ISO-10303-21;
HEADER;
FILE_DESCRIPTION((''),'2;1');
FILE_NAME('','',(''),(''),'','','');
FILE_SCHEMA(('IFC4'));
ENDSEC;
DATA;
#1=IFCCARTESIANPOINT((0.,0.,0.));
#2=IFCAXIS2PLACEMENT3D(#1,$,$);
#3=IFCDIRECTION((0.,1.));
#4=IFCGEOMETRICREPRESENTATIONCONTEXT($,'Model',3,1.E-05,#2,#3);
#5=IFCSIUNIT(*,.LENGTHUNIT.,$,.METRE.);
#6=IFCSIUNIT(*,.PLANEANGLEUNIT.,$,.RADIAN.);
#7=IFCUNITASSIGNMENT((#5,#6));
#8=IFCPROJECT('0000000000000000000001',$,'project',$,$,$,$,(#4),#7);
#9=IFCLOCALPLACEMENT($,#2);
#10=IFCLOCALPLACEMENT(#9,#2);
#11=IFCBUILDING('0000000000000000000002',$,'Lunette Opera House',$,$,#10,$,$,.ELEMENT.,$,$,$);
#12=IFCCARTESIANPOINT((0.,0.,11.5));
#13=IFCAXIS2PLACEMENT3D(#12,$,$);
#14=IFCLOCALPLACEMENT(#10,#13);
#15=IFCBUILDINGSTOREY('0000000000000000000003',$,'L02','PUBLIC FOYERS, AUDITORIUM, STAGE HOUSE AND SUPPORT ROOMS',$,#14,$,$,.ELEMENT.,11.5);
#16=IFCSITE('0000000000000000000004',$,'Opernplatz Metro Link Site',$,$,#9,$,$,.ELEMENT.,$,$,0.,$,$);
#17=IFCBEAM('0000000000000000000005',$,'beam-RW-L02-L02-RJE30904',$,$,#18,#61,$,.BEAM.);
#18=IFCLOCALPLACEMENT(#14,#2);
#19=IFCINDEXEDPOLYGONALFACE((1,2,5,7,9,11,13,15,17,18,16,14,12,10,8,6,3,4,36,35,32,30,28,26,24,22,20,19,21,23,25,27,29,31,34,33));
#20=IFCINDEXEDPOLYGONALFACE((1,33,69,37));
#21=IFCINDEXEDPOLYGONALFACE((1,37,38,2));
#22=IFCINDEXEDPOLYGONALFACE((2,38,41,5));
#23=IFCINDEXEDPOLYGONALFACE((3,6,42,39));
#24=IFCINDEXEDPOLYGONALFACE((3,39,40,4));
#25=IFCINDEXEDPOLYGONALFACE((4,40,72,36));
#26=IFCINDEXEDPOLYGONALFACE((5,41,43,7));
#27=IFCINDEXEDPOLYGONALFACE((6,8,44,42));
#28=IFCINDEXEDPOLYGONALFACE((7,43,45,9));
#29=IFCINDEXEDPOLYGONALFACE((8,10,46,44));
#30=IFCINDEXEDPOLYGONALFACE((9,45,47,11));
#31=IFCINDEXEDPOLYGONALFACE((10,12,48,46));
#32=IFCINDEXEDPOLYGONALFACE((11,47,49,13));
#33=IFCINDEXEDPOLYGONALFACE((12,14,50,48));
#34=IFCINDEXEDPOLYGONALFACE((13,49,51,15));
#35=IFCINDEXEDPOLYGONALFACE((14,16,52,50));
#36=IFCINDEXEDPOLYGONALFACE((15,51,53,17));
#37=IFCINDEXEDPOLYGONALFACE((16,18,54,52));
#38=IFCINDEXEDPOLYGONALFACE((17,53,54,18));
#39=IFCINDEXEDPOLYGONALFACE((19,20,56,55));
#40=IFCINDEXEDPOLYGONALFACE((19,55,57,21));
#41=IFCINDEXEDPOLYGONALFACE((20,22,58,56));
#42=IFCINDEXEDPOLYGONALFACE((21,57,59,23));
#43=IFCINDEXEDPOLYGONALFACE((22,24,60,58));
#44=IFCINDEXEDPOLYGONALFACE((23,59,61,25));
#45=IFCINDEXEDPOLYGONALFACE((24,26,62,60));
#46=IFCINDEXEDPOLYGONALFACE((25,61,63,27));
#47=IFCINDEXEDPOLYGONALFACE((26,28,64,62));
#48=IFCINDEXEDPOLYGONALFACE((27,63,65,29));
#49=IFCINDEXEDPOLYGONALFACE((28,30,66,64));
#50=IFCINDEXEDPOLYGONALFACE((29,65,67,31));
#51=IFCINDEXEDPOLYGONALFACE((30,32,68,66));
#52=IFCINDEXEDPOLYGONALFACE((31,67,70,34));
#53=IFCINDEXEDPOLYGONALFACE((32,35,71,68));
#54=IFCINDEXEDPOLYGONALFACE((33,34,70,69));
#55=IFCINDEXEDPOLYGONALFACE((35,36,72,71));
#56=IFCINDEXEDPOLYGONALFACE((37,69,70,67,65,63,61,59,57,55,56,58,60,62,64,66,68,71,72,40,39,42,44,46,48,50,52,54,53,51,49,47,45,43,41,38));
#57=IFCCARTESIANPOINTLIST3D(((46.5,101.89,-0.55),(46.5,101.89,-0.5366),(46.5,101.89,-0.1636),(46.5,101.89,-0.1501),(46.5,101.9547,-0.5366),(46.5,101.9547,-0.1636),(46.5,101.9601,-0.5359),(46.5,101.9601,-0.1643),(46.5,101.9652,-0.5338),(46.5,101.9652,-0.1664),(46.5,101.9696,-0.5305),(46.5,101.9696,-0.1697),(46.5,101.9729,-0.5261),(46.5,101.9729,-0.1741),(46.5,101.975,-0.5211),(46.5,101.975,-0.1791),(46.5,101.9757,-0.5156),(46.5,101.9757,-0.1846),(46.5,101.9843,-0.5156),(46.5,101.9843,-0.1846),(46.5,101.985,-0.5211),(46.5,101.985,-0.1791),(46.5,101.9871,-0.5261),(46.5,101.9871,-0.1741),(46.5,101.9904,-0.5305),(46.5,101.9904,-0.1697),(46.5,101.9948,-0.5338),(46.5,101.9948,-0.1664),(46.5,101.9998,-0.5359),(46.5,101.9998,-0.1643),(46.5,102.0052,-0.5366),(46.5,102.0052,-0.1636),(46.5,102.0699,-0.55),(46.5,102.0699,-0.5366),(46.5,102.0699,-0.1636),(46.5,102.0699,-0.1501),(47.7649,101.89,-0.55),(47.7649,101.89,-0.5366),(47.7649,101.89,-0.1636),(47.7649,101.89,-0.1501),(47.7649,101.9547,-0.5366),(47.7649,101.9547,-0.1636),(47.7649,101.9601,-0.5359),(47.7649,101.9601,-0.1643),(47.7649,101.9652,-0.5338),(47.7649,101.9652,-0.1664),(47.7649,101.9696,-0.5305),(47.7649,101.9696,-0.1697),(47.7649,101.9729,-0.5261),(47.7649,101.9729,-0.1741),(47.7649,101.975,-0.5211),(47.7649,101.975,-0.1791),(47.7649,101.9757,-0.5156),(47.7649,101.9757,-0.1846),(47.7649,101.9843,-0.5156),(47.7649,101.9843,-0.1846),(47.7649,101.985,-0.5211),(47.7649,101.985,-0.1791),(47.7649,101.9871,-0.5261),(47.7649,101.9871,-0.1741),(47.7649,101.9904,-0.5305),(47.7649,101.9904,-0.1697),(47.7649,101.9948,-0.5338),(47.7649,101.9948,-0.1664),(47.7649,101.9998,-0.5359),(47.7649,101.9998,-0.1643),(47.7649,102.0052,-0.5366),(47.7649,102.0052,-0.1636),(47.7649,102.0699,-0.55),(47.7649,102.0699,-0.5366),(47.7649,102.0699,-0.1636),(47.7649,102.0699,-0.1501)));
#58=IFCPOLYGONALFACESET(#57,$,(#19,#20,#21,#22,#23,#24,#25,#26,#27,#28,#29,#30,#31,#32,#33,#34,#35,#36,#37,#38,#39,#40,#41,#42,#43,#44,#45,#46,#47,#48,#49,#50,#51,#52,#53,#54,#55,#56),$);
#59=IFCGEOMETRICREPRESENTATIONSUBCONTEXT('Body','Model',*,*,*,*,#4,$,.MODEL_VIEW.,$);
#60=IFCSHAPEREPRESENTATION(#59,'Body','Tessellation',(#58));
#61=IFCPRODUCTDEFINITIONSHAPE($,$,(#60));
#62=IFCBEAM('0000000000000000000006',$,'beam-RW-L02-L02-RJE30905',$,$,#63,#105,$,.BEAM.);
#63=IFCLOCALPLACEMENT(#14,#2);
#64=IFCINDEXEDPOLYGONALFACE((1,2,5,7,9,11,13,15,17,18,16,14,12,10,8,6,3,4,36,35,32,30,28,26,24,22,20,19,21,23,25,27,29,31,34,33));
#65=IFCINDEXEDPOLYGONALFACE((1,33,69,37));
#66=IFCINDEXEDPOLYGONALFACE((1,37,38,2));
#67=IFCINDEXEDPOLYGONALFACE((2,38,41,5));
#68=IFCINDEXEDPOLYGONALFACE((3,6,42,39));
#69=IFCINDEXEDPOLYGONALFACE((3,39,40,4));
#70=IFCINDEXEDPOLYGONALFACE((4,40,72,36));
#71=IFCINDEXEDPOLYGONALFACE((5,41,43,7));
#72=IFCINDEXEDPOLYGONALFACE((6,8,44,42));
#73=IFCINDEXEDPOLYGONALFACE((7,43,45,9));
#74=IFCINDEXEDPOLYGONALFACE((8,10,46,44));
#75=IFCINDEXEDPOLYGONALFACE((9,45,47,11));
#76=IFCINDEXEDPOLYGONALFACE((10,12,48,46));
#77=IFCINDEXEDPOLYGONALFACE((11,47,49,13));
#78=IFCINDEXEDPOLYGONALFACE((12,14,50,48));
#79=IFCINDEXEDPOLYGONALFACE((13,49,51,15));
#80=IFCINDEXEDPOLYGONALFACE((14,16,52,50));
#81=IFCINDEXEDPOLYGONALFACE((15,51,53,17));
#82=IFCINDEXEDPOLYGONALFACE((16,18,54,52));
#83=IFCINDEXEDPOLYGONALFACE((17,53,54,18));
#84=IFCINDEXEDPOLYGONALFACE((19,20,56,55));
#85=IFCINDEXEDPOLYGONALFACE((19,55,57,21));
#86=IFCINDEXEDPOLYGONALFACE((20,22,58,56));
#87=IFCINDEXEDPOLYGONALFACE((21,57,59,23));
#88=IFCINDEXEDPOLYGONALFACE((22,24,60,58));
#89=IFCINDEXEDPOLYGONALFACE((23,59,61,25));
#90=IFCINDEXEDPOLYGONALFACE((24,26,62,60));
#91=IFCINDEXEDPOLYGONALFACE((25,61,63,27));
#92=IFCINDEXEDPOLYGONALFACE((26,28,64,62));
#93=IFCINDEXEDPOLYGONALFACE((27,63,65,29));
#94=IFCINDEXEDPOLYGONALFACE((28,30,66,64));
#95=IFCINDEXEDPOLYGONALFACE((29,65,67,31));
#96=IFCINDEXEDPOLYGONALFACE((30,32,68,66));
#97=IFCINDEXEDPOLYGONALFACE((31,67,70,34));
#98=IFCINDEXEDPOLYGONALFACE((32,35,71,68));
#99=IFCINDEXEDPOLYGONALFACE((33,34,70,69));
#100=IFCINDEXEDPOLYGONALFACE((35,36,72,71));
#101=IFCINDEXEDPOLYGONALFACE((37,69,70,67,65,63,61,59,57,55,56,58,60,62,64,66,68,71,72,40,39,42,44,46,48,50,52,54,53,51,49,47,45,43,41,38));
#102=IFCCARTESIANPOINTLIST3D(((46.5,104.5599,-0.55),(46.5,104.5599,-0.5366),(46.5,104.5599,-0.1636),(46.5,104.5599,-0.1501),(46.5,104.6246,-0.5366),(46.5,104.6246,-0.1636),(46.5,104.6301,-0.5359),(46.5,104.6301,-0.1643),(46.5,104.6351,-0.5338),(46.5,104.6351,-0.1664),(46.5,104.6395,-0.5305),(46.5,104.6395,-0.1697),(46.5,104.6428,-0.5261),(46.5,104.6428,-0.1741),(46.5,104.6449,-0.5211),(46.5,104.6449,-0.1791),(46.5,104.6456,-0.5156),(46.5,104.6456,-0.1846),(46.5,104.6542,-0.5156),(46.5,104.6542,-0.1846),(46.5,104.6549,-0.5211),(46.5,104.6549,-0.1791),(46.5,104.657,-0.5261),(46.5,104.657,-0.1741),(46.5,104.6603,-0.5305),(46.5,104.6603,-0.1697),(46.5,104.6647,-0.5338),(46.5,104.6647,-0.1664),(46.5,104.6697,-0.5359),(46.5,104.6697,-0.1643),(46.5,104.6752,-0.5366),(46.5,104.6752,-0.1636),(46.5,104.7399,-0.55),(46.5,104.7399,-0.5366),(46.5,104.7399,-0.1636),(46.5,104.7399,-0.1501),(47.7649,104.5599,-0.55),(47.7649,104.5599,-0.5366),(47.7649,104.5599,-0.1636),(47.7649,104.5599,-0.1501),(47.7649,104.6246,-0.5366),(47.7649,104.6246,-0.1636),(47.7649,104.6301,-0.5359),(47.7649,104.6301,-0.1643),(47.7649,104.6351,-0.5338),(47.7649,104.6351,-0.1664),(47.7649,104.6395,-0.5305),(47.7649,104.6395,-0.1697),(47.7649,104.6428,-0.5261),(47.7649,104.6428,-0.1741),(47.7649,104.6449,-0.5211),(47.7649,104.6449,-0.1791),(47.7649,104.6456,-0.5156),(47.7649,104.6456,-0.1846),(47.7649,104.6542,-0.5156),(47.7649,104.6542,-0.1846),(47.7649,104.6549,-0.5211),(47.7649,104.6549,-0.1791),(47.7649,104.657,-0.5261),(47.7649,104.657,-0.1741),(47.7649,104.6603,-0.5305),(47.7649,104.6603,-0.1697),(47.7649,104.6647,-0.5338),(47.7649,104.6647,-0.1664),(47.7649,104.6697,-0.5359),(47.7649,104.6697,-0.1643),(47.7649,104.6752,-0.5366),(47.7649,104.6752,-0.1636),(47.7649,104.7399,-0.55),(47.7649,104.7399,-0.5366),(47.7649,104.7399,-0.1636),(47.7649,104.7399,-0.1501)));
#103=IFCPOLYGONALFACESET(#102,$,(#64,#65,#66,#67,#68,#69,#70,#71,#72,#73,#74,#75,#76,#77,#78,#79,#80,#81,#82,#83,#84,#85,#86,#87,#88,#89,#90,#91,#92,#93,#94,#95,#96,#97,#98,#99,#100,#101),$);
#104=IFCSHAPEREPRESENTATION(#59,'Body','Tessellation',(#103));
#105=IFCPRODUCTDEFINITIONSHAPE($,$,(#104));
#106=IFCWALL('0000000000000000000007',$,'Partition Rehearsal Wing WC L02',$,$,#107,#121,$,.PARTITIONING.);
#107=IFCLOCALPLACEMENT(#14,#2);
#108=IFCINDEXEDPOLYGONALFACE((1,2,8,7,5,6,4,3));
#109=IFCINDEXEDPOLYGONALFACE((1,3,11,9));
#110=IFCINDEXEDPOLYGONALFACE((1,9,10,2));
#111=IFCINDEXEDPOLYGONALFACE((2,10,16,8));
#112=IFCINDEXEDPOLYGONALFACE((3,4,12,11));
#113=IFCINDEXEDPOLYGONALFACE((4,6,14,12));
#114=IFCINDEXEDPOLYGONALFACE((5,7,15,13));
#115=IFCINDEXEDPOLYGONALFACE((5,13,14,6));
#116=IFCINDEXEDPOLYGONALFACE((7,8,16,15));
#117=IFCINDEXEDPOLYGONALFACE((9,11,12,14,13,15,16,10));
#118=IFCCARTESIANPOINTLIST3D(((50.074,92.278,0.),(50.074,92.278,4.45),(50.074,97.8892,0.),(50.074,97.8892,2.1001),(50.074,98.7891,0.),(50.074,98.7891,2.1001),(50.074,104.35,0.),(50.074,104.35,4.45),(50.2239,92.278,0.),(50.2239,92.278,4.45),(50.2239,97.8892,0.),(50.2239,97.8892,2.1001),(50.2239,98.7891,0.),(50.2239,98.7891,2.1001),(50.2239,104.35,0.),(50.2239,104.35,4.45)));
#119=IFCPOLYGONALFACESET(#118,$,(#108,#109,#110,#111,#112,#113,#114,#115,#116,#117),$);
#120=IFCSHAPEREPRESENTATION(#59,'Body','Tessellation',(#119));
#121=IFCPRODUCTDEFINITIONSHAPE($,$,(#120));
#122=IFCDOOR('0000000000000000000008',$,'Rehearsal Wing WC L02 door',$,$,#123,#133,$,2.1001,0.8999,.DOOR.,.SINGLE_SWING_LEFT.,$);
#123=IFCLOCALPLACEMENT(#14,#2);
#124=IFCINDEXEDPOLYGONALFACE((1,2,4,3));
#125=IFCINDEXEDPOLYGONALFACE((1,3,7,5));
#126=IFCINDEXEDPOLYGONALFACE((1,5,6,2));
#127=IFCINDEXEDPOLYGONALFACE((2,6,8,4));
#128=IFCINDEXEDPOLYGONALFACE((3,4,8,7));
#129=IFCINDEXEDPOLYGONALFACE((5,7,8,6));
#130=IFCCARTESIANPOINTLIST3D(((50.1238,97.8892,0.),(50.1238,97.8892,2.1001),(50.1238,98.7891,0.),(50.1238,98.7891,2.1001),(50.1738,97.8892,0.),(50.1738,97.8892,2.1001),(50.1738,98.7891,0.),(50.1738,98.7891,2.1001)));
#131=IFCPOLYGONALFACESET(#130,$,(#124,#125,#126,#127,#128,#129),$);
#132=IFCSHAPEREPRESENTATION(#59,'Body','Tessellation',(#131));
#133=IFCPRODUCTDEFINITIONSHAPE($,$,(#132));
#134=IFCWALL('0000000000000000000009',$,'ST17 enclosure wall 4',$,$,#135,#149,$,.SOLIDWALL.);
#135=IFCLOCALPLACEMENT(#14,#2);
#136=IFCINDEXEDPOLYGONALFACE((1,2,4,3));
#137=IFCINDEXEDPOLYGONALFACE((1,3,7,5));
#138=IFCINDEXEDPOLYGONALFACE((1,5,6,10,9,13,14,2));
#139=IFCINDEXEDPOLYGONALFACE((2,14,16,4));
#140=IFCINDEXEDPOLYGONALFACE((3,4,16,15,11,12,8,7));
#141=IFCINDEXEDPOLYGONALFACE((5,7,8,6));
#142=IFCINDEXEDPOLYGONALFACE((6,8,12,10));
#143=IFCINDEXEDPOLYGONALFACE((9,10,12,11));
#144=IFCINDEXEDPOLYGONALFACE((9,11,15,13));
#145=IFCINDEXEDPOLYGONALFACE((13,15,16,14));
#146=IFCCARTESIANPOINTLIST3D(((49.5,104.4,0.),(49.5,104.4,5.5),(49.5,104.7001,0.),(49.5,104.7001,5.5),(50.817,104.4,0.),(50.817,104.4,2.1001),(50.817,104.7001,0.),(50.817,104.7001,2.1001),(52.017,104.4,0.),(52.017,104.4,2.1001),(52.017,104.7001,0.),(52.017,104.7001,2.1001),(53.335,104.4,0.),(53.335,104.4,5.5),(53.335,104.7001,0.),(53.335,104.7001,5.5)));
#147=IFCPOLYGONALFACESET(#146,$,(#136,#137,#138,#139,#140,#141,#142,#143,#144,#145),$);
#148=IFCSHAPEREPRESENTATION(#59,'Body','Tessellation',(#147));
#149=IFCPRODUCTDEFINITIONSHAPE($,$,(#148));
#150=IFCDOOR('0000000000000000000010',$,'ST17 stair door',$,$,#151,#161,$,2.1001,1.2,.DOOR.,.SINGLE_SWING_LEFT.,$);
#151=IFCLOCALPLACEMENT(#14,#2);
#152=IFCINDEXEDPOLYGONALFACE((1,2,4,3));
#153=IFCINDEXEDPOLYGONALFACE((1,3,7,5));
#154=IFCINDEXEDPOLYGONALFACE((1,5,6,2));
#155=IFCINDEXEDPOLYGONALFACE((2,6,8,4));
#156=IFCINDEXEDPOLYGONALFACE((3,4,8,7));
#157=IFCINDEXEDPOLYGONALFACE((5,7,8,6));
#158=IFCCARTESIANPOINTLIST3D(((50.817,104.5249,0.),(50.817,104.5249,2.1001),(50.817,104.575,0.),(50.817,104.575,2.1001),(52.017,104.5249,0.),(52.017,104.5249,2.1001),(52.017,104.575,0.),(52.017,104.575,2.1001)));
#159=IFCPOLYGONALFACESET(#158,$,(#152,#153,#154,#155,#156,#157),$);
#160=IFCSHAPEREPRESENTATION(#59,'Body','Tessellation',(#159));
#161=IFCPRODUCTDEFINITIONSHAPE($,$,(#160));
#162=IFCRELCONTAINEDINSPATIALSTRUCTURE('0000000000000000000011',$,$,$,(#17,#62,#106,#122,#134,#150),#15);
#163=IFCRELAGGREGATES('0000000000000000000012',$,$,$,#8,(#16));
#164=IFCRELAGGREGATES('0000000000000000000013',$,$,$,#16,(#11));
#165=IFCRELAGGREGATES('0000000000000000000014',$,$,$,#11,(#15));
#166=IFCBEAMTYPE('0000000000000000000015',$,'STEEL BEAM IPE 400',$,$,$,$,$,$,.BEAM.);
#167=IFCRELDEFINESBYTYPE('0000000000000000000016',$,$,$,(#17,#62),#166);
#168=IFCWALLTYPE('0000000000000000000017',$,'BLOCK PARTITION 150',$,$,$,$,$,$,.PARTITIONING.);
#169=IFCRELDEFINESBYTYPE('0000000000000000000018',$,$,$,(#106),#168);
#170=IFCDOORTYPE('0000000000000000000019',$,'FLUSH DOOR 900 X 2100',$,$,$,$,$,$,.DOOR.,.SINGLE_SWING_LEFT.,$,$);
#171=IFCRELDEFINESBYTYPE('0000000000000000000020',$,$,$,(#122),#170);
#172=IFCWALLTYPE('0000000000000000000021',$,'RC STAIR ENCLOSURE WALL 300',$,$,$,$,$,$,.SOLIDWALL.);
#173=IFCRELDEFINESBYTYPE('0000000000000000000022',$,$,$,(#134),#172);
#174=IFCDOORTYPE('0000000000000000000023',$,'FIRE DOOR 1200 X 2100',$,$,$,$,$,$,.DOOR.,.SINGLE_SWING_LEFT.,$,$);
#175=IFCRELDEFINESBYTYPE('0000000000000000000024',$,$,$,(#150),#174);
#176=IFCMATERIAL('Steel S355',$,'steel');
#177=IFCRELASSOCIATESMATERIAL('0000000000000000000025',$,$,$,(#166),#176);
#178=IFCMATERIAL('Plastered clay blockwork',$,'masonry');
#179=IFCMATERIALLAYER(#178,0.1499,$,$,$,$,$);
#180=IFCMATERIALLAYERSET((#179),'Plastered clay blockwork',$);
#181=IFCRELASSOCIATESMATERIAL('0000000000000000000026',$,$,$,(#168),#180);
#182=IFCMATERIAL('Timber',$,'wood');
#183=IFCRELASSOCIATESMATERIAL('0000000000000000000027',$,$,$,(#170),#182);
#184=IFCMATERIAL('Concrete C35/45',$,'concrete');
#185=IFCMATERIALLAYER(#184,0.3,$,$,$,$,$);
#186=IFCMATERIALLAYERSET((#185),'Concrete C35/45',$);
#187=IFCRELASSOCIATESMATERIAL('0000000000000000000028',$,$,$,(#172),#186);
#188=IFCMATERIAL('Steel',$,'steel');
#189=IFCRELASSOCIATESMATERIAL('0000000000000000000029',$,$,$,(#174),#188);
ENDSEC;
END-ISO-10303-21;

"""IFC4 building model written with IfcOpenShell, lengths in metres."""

from ifc_helpers import new_model, si_unit, direction, frame, frame_2d, origin, origin_2d, place, context, subcontext, project, spatial, rectangle, i_section, extrude, material, layer, layer_set, material_profile, profile_set, type_object, element, fill, save


model = new_model("IFC4")

# Units and contexts
model_context = context("Model", 3, precision=1e-05, world=origin(), true_north=direction((0.0, 1.0)))
body_context = subcontext(model_context, "Body", "Model", "MODEL_VIEW")
ifc_project = project(units=[si_unit("LENGTHUNIT", "METRE"), si_unit("PLANEANGLEUNIT", "RADIAN")], contexts=[model_context])

# Site, building, storey
site_placement = place(None, origin())
site = spatial("IfcSite", under=ifc_project, at=site_placement, Name="Opernplatz Metro Link Site", CompositionType="ELEMENT", RefElevation=0.0)
building_placement = place(site_placement, origin())
building = spatial("IfcBuilding", under=site, at=building_placement, Name="Lunette Opera House", CompositionType="ELEMENT")
storey_placement = place(building_placement, frame((0.0, 0.0, 11.5)))
storey = spatial("IfcBuildingStorey", under=building, at=storey_placement, Name="L02", Description="PUBLIC FOYERS, AUDITORIUM, STAGE HOUSE AND SUPPORT ROOMS", CompositionType="ELEMENT", Elevation=11.5)

# Beams
ifc_material_1 = material(Name="Steel S355", Category="steel")
ifc_material_profile_1 = material_profile(ifc_material_1, i_section(OverallWidth=0.1799, OverallDepth=0.3999, WebThickness=0.0085, FlangeThickness=0.0134, FilletRadius=0.021, at=origin_2d()), Name="IPE 400")
ifc_profile_set_1 = profile_set([ifc_material_profile_1], Name="Steel S355")
beam_type_1 = type_object("IfcBeamType", Name="STEEL BEAM IPE 400", PredefinedType="BEAM", material=ifc_profile_set_1)
for number, where, z_axis, x_axis, name in (
    (1, (46.5, 101.98, -0.3501), (1.0, 0.0, 0.0), (0.0, 1.0, 0.0), "beam-RW-L02-L02-RJE30904"),
    (2, (46.5, 104.6499, -0.3501), (1.0, 0.0, 0.0), (0.0, 1.0, 0.0), "beam-RW-L02-L02-RJE30905"),
):
    element("IfcBeam", number, at=place(storey_placement, frame(where, z_axis=z_axis, x_axis=x_axis)), inside=storey, type_object=beam_type_1, Name=name, PredefinedType="BEAM", context=body_context, shape_type="SweptSolid", body=[
        extrude(i_section(OverallWidth=0.1799, OverallDepth=0.3999, WebThickness=0.0085, FlangeThickness=0.0134, FilletRadius=0.021, at=origin_2d()), origin(), (0.0, 0.0, 1.0), 1.2649),
    ])

# Walls, openings, doors
ifc_material_2 = material(Name="Plastered clay blockwork", Category="masonry")
ifc_layer_1 = layer(ifc_material_2, 0.1499)
ifc_layer_set_1 = layer_set([ifc_layer_1], Name="Plastered clay blockwork")
wall_type_1 = type_object("IfcWallType", Name="BLOCK PARTITION 150", PredefinedType="PARTITIONING", material=ifc_layer_set_1)
wall_1_placement = place(storey_placement, frame((50.1489, 104.3501, 0.0), z_axis=(0.0, 0.0, 1.0), x_axis=(0.0, -1.0, 0.0)))
wall_1 = element("IfcWall", 3, at=wall_1_placement, inside=storey, type_object=wall_type_1, Name="Partition Rehearsal Wing WC L02", PredefinedType="PARTITIONING", context=body_context, shape_type="SweptSolid", body=[
    extrude(rectangle(XDim=12.072, YDim=0.1499, at=frame_2d((6.0361, 0.0))), origin(), (0.0, 0.0, 1.0), 4.45),
])
opening_1_placement = place(wall_1_placement, frame((5.561, 0.0, 0.0)))
opening_1 = element("IfcOpeningElement", 4, at=opening_1_placement, cuts=wall_1, PredefinedType="OPENING", context=body_context, shape_type="SweptSolid", body=[
    extrude(rectangle(XDim=0.8999, YDim=2.1001, at=frame_2d((0.45, 1.05))), frame((0.0, 0.0869, 0.0), z_axis=(0.0, -1.0, 0.0), x_axis=(1.0, 0.0, 0.0)), (0.0, 0.0, 1.0), 0.1738),
])
ifc_material_3 = material(Name="Timber", Category="wood")
door_type_1 = type_object("IfcDoorType", Name="FLUSH DOOR 900 X 2100", OperationType="SINGLE_SWING_LEFT", PredefinedType="DOOR", material=ifc_material_3)
door_1_placement = place(opening_1_placement, origin())
door_1 = element("IfcDoor", 5, at=door_1_placement, inside=storey, type_object=door_type_1, Name="Rehearsal Wing WC L02 door", OperationType="SINGLE_SWING_LEFT", OverallHeight=2.1001, OverallWidth=0.8999, PredefinedType="DOOR", context=body_context, shape_type="SweptSolid", body=[
    extrude(rectangle(XDim=0.8999, YDim=2.1001, at=frame_2d((0.45, 1.05))), frame((0.0, 0.0249, 0.0), z_axis=(0.0, -1.0, 0.0), x_axis=(1.0, 0.0, 0.0)), (0.0, 0.0, 1.0), 0.05),
])
fill(opening_1, door_1)
ifc_material_4 = material(Name="Concrete C35/45", Category="concrete")
ifc_layer_2 = layer(ifc_material_4, 0.3)
ifc_layer_set_2 = layer_set([ifc_layer_2], Name="Concrete C35/45")
wall_type_2 = type_object("IfcWallType", Name="RC STAIR ENCLOSURE WALL 300", PredefinedType="SOLIDWALL", material=ifc_layer_set_2)
wall_2_placement = place(storey_placement, frame((49.5, 104.55, 0.0), z_axis=(0.0, 0.0, 1.0), x_axis=(1.0, 0.0, 0.0)))
wall_2 = element("IfcWall", 6, at=wall_2_placement, inside=storey, type_object=wall_type_2, Name="ST17 enclosure wall 4", PredefinedType="SOLIDWALL", context=body_context, shape_type="SweptSolid", body=[
    extrude(rectangle(XDim=3.835, YDim=0.3, at=frame_2d((1.9175, 0.0))), origin(), (0.0, 0.0, 1.0), 5.5),
])
opening_2_placement = place(wall_2_placement, frame((1.3169, 0.0, 0.0)))
opening_2 = element("IfcOpeningElement", 7, at=opening_2_placement, cuts=wall_2, PredefinedType="OPENING", context=body_context, shape_type="SweptSolid", body=[
    extrude(rectangle(XDim=1.2, YDim=2.1001, at=frame_2d((0.6001, 1.05))), frame((0.0, 0.1621, 0.0), z_axis=(0.0, -1.0, 0.0), x_axis=(1.0, 0.0, 0.0)), (0.0, 0.0, 1.0), 0.324),
])
ifc_material_5 = material(Name="Steel", Category="steel")
door_type_2 = type_object("IfcDoorType", Name="FIRE DOOR 1200 X 2100", OperationType="SINGLE_SWING_LEFT", PredefinedType="DOOR", material=ifc_material_5)
door_2_placement = place(opening_2_placement, origin())
door_2 = element("IfcDoor", 8, at=door_2_placement, inside=storey, type_object=door_type_2, Name="ST17 stair door", OperationType="SINGLE_SWING_LEFT", OverallHeight=2.1001, OverallWidth=1.2, PredefinedType="DOOR", context=body_context, shape_type="SweptSolid", body=[
    extrude(rectangle(XDim=1.2, YDim=2.1001, at=frame_2d((0.6001, 1.05))), frame((0.0, 0.0249, 0.0), z_axis=(0.0, -1.0, 0.0), x_axis=(1.0, 0.0, 0.0)), (0.0, 0.0, 1.0), 0.05),
])
fill(opening_2, door_2)

save(model, "model.ifc")
